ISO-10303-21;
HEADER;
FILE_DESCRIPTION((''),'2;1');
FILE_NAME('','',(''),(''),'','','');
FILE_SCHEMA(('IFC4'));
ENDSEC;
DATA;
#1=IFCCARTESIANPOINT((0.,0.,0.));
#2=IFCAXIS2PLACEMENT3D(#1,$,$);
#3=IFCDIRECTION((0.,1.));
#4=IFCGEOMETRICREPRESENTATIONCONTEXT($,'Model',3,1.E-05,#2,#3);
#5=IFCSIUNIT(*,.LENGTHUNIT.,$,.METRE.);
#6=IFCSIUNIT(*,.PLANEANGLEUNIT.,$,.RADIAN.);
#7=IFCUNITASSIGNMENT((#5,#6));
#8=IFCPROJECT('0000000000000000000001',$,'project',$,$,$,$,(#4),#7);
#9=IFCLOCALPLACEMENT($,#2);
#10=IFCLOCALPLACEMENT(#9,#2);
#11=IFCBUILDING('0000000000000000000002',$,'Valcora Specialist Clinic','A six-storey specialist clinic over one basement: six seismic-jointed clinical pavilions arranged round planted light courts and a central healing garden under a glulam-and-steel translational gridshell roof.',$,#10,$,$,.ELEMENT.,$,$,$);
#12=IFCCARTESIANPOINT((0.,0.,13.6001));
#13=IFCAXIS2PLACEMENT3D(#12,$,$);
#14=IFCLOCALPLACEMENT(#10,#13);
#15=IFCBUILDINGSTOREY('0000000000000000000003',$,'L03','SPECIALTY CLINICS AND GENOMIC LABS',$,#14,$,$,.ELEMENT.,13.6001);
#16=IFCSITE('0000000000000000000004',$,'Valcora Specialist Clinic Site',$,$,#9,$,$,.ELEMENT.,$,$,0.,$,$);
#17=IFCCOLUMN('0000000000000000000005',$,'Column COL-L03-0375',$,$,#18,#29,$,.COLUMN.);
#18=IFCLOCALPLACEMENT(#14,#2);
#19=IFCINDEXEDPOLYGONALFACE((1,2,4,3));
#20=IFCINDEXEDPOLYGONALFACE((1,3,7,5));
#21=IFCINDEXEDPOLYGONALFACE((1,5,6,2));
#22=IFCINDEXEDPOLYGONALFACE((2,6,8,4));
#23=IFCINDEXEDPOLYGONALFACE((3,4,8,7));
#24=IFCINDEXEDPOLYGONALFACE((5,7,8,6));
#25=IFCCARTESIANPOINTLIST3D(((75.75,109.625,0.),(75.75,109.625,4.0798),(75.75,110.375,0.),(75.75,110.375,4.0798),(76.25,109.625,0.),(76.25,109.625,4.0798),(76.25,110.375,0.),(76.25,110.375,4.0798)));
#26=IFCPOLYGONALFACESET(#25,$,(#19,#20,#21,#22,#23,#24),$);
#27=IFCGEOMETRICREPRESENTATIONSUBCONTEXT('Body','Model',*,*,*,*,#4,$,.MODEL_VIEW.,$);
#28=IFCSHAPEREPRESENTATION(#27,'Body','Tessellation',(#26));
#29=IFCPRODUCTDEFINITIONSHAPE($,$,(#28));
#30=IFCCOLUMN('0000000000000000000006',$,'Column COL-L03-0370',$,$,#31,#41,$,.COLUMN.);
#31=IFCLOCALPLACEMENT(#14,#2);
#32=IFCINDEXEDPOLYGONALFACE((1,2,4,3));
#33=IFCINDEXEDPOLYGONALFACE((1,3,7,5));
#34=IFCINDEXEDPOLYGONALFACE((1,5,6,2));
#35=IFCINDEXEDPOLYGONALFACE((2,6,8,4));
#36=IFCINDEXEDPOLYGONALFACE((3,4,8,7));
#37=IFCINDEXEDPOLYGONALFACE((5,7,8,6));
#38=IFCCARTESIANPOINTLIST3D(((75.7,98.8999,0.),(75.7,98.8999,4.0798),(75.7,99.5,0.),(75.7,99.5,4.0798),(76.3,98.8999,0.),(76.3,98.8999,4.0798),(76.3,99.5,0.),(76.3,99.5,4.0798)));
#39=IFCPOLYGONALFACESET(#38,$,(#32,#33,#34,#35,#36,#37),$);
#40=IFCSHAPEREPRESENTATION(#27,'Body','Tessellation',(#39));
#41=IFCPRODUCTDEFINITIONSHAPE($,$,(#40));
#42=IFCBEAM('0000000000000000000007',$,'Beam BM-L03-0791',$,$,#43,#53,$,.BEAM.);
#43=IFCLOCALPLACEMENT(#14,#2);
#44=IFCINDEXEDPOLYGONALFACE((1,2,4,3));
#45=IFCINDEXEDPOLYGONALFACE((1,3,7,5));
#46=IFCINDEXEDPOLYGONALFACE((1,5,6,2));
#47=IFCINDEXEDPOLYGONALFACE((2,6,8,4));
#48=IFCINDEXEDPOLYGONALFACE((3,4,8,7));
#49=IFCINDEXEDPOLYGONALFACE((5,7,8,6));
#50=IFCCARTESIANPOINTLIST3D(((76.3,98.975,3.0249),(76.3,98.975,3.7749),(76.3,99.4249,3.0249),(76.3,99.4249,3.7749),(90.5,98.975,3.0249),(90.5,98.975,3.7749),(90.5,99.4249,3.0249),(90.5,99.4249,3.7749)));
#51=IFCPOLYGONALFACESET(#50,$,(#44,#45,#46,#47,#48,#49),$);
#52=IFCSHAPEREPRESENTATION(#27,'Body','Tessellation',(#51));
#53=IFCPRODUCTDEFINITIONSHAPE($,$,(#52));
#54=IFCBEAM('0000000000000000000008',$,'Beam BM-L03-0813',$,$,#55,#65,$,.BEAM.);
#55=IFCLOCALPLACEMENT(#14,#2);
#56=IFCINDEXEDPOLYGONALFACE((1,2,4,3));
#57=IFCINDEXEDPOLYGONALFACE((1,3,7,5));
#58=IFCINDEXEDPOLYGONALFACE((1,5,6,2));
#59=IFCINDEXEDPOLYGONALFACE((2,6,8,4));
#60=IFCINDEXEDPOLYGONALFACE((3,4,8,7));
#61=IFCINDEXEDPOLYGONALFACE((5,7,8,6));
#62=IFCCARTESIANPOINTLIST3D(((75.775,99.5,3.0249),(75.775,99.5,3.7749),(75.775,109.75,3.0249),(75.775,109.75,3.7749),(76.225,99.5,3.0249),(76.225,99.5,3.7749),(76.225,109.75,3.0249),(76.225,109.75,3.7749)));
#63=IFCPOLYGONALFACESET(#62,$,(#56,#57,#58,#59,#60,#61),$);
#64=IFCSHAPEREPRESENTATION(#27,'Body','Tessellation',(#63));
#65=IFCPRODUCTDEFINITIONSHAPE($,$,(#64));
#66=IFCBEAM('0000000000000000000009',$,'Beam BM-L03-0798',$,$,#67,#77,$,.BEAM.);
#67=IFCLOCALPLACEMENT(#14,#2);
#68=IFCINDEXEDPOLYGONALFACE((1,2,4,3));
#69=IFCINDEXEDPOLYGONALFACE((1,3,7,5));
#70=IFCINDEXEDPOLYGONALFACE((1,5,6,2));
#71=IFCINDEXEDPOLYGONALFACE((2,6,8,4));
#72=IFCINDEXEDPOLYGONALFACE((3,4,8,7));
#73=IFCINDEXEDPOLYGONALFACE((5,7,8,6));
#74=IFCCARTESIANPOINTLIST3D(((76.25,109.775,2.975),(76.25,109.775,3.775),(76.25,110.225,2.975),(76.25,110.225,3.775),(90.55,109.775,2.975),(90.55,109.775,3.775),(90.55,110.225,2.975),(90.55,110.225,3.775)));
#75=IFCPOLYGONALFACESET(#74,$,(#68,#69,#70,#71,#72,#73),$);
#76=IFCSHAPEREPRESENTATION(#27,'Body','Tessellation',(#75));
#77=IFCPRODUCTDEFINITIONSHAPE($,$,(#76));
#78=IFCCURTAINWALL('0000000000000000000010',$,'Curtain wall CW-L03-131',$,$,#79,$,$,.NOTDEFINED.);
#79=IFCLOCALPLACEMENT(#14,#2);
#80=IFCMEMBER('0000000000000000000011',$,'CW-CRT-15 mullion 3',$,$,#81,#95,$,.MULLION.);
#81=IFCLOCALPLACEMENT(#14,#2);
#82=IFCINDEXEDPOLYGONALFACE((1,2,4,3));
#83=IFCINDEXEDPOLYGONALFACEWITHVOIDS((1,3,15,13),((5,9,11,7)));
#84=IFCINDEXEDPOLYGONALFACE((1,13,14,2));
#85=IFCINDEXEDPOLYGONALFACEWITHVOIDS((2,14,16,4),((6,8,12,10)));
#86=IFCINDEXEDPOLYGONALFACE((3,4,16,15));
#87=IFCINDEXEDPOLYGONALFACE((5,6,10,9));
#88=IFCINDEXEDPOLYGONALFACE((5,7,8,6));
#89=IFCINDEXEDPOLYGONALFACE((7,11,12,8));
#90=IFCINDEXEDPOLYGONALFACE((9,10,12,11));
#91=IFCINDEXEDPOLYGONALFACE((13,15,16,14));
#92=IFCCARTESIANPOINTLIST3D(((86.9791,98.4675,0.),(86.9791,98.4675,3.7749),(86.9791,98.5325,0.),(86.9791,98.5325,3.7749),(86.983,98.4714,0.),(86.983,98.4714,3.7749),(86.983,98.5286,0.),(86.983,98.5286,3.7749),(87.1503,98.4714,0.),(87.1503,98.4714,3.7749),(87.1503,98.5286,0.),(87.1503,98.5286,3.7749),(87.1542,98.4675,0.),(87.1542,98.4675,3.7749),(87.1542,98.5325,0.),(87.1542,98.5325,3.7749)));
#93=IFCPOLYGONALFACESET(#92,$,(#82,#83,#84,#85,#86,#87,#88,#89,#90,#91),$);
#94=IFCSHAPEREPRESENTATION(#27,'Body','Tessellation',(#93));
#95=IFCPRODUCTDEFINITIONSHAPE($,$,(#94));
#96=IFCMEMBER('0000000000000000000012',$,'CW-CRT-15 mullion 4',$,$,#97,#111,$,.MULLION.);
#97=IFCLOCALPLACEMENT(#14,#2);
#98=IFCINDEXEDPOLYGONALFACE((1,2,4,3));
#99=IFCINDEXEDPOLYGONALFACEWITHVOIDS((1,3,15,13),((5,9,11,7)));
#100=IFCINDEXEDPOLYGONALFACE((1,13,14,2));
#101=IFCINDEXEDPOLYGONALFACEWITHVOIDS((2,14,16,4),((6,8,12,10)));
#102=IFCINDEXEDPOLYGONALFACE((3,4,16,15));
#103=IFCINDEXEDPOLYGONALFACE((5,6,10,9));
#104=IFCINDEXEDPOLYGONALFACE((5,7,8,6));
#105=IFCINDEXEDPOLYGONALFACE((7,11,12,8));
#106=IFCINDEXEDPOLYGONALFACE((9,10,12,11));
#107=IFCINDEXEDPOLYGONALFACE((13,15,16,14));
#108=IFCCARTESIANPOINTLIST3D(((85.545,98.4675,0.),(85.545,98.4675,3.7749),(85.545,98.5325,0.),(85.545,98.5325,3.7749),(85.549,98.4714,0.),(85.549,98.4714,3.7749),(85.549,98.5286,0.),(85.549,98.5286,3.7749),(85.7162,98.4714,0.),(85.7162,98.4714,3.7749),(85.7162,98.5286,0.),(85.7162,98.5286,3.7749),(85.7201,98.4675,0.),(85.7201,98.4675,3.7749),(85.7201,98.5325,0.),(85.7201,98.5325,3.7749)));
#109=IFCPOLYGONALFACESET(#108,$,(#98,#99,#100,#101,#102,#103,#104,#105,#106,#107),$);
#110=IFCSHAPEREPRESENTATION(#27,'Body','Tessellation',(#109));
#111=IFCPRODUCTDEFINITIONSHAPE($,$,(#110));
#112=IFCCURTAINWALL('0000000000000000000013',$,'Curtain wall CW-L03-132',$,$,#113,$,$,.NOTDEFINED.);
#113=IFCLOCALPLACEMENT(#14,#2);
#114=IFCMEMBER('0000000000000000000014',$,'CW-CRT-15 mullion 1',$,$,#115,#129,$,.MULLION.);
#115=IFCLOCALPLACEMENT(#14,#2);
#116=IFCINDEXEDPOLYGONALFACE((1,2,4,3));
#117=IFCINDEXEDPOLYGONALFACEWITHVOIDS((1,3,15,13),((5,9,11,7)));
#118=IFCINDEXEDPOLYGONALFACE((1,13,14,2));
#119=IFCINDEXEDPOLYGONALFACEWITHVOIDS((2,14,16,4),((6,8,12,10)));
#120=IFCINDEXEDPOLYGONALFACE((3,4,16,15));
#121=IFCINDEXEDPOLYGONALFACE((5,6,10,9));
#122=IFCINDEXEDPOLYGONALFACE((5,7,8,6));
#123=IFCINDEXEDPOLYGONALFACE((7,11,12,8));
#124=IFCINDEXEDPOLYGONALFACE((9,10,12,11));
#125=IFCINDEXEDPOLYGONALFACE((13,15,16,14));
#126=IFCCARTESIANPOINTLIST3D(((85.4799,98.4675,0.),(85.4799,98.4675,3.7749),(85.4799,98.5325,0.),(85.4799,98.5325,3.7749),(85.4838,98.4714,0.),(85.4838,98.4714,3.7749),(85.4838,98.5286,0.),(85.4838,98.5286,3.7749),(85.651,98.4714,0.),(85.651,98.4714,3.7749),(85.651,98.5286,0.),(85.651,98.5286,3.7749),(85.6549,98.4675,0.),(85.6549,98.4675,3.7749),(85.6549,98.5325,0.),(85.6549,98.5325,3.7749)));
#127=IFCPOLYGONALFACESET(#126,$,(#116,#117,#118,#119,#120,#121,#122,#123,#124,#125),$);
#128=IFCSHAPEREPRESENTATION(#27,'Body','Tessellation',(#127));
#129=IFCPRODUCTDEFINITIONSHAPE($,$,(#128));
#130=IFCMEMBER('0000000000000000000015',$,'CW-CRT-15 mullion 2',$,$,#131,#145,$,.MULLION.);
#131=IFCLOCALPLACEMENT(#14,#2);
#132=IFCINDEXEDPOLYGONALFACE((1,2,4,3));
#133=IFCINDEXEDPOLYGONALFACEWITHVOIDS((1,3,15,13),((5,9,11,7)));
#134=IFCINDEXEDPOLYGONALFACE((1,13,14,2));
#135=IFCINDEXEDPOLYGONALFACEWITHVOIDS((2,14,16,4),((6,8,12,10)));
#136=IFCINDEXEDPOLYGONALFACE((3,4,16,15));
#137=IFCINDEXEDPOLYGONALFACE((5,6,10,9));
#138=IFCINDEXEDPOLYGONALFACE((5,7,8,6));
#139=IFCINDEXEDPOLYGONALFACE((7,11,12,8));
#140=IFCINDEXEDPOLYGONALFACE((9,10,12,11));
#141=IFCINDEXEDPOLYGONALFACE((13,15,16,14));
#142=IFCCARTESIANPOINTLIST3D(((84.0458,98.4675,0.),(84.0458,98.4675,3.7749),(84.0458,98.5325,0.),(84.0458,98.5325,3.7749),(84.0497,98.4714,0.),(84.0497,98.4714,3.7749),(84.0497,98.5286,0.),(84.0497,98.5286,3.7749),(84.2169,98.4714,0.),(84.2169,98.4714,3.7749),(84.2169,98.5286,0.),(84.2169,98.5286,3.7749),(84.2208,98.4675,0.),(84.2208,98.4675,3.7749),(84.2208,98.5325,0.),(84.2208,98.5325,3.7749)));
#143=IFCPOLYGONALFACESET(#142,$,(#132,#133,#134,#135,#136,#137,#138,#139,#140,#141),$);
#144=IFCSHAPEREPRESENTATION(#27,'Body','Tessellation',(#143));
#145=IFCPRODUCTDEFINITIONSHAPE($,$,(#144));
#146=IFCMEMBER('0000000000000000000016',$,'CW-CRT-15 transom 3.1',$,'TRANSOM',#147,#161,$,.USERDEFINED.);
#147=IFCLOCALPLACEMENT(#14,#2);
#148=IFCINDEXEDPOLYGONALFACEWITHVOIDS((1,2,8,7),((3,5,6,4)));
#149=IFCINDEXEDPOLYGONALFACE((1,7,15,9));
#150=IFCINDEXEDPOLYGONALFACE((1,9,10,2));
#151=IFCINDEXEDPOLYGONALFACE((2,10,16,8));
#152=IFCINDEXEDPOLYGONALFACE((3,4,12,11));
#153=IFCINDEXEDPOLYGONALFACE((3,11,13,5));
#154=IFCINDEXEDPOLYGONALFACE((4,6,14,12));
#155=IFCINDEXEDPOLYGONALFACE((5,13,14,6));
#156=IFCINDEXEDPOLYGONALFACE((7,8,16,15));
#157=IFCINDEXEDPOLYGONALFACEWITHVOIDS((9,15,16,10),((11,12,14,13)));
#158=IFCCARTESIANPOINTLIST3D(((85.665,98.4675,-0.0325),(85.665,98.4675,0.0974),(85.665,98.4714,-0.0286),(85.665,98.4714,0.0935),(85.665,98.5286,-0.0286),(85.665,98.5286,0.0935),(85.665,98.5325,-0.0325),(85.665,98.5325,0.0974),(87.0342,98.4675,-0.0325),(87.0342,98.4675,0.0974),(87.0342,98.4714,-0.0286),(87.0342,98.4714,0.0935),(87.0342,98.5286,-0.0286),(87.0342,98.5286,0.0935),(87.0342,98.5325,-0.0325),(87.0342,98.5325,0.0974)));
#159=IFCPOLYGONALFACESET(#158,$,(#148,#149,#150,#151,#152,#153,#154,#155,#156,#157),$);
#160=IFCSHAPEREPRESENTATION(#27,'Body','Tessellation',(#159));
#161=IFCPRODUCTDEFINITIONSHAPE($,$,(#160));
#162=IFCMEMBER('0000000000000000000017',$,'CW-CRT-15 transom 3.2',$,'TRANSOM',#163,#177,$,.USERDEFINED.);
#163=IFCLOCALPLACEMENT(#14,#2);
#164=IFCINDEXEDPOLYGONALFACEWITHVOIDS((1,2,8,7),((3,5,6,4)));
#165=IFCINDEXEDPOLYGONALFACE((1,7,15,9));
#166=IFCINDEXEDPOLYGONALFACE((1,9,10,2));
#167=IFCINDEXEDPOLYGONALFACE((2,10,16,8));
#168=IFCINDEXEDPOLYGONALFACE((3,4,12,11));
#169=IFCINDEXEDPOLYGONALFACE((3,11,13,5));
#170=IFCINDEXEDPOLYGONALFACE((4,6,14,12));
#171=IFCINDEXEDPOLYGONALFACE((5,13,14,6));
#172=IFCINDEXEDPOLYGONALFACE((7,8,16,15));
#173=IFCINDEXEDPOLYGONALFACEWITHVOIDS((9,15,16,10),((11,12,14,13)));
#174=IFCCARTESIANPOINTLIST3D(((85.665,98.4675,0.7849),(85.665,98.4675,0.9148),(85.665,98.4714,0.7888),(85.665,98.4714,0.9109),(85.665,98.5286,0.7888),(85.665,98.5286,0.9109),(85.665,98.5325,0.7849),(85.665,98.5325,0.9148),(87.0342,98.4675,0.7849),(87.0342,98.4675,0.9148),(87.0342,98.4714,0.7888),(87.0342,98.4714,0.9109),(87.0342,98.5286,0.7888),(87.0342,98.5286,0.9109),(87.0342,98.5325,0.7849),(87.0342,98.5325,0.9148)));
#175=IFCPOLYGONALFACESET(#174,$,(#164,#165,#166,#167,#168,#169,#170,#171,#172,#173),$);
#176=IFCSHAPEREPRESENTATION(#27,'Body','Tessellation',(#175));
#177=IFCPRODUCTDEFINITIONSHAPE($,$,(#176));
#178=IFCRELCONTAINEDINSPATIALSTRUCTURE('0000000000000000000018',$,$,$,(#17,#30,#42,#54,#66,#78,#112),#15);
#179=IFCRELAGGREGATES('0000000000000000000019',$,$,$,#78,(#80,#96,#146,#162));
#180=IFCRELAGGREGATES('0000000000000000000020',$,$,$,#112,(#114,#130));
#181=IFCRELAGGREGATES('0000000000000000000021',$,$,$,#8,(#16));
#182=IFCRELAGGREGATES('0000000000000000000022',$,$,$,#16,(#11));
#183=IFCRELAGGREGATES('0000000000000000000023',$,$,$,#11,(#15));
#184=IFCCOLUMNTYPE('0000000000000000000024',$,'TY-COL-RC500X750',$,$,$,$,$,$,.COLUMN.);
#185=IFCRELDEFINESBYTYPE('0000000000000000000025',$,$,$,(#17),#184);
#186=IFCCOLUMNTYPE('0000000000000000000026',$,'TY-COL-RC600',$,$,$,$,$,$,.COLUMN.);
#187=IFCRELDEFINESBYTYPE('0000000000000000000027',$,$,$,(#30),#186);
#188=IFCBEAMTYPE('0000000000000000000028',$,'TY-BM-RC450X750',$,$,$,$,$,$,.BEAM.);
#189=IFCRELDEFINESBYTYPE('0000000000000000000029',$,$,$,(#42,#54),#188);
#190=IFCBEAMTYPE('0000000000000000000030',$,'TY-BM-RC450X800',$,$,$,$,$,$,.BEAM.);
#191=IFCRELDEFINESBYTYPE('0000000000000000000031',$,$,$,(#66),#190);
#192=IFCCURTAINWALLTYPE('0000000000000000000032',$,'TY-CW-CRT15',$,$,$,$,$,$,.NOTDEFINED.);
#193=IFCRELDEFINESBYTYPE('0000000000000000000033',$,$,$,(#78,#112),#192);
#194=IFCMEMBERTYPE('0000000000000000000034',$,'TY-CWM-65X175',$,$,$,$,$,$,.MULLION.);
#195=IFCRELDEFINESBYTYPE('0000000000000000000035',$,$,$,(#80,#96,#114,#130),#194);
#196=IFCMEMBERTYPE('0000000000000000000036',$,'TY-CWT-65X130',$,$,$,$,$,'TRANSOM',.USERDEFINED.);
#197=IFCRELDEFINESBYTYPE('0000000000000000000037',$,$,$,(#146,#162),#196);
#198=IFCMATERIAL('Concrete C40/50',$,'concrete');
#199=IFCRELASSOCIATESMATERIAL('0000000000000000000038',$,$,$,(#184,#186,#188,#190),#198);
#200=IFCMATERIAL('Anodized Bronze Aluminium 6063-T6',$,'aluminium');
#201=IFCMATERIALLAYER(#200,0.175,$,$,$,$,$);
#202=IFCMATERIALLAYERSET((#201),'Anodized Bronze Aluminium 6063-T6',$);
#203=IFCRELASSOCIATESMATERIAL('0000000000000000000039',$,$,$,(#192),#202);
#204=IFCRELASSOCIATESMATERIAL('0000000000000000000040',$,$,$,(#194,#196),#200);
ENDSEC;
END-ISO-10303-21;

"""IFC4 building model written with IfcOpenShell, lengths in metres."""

from ifc_helpers import new_model, si_unit, direction, frame, origin, origin_2d, place, context, subcontext, project, spatial, rectangle, hollow_rectangle, extrude, material, layer, layer_set, material_profile, profile_set, type_object, element, aggregate, save


model = new_model("IFC4")

# Units and contexts
model_context = context("Model", 3, precision=1e-05, world=origin(), true_north=direction((0.0, 1.0)))
body_context = subcontext(model_context, "Body", "Model", "MODEL_VIEW")
ifc_project = project(units=[si_unit("LENGTHUNIT", "METRE"), si_unit("PLANEANGLEUNIT", "RADIAN")], contexts=[model_context])

# Site, building, storey
site_placement = place(None, origin())
site = spatial("IfcSite", under=ifc_project, at=site_placement, Name="Valcora Specialist Clinic Site", CompositionType="ELEMENT", RefElevation=0.0)
building_placement = place(site_placement, origin())
building = spatial("IfcBuilding", under=site, at=building_placement, Name="Valcora Specialist Clinic", Description="A six-storey specialist clinic over one basement: six seismic-jointed clinical pavilions arranged round planted light courts and a central healing garden under a glulam-and-steel translational gridshell roof.", CompositionType="ELEMENT")
storey_placement = place(building_placement, frame((0.0, 0.0, 13.6001)))
storey = spatial("IfcBuildingStorey", under=building, at=storey_placement, Name="L03", Description="SPECIALTY CLINICS AND GENOMIC LABS", CompositionType="ELEMENT", Elevation=13.6001)

# Columns
ifc_material_1 = material(Name="Concrete C40/50", Category="concrete")
ifc_material_profile_1 = material_profile(ifc_material_1, rectangle(XDim=0.5, YDim=0.75, at=origin_2d()), Name="RC-COL-500X750")
ifc_profile_set_1 = profile_set([ifc_material_profile_1], Name="Concrete C40/50")
column_type_1 = type_object("IfcColumnType", Name="TY-COL-RC500X750", PredefinedType="COLUMN", material=ifc_profile_set_1)
column_1_placement = place(storey_placement, frame((76.0, 110.0, 0.0), z_axis=(0.0, 0.0, 1.0), x_axis=(1.0, 0.0, 0.0)))
element("IfcColumn", 1, at=column_1_placement, inside=storey, type_object=column_type_1, Name="Column COL-L03-0375", PredefinedType="COLUMN", context=body_context, shape_type="SweptSolid", body=[
    extrude(rectangle(XDim=0.5, YDim=0.75, at=origin_2d()), origin(), (0.0, 0.0, 1.0), 4.0798),
])
ifc_material_profile_2 = material_profile(ifc_material_1, rectangle(XDim=0.6001, YDim=0.6001, at=origin_2d()), Name="RC-COL-600X600")
ifc_profile_set_2 = profile_set([ifc_material_profile_2], Name="Concrete C40/50")
column_type_2 = type_object("IfcColumnType", Name="TY-COL-RC600", PredefinedType="COLUMN", material=ifc_profile_set_2)
column_2_placement = place(storey_placement, frame((76.0, 99.2, 0.0), z_axis=(0.0, 0.0, 1.0), x_axis=(1.0, 0.0, 0.0)))
element("IfcColumn", 2, at=column_2_placement, inside=storey, type_object=column_type_2, Name="Column COL-L03-0370", PredefinedType="COLUMN", context=body_context, shape_type="SweptSolid", body=[
    extrude(rectangle(XDim=0.6001, YDim=0.6001, at=origin_2d()), origin(), (0.0, 0.0, 1.0), 4.0798),
])

# Beams
ifc_material_profile_3 = material_profile(ifc_material_1, rectangle(XDim=0.45, YDim=0.75, at=origin_2d()), Name="RC-BM-450X750")
ifc_profile_set_3 = profile_set([ifc_material_profile_3], Name="Concrete C40/50")
beam_type_1 = type_object("IfcBeamType", Name="TY-BM-RC450X750", PredefinedType="BEAM", material=ifc_profile_set_3)
beam_1_placement = place(storey_placement, frame((76.3, 99.2, 3.3999), z_axis=(1.0, 0.0, 0.0), x_axis=(0.0, 1.0, 0.0)))
element("IfcBeam", 3, at=beam_1_placement, inside=storey, type_object=beam_type_1, Name="Beam BM-L03-0791", PredefinedType="BEAM", context=body_context, shape_type="SweptSolid", body=[
    extrude(rectangle(XDim=0.45, YDim=0.75, at=origin_2d()), origin(), (0.0, 0.0, 1.0), 14.2),
])
beam_2_placement = place(storey_placement, frame((76.0, 99.5, 3.3999), z_axis=(0.0, 1.0, 0.0), x_axis=(-1.0, 0.0, 0.0)))
element("IfcBeam", 4, at=beam_2_placement, inside=storey, type_object=beam_type_1, Name="Beam BM-L03-0813", PredefinedType="BEAM", context=body_context, shape_type="SweptSolid", body=[
    extrude(rectangle(XDim=0.45, YDim=0.75, at=origin_2d()), origin(), (0.0, 0.0, 1.0), 10.25),
])
ifc_material_profile_4 = material_profile(ifc_material_1, rectangle(XDim=0.45, YDim=0.8, at=origin_2d()), Name="RC-BM-450X800")
ifc_profile_set_4 = profile_set([ifc_material_profile_4], Name="Concrete C40/50")
beam_type_2 = type_object("IfcBeamType", Name="TY-BM-RC450X800", PredefinedType="BEAM", material=ifc_profile_set_4)
beam_3_placement = place(storey_placement, frame((76.25, 110.0, 3.375), z_axis=(1.0, 0.0, 0.0), x_axis=(0.0, 1.0, 0.0)))
element("IfcBeam", 5, at=beam_3_placement, inside=storey, type_object=beam_type_2, Name="Beam BM-L03-0798", PredefinedType="BEAM", context=body_context, shape_type="SweptSolid", body=[
    extrude(rectangle(XDim=0.45, YDim=0.8, at=origin_2d()), origin(), (0.0, 0.0, 1.0), 14.3),
])

# Curtain walls, members
ifc_material_2 = material(Name="Anodized Bronze Aluminium 6063-T6", Category="aluminium")
ifc_layer_1 = layer(ifc_material_2, 0.175)
ifc_layer_set_1 = layer_set([ifc_layer_1], Name="Anodized Bronze Aluminium 6063-T6")
curtain_wall_type = type_object("IfcCurtainWallType", Name="TY-CW-CRT15", PredefinedType="NOTDEFINED", material=ifc_layer_set_1)
curtain_wall_1_placement = place(storey_placement, origin())
curtain_wall_1 = element("IfcCurtainWall", 6, at=curtain_wall_1_placement, inside=storey, type_object=curtain_wall_type, Name="Curtain wall CW-L03-131", PredefinedType="NOTDEFINED")
ifc_material_profile_5 = material_profile(ifc_material_2, hollow_rectangle(XDim=0.0649, YDim=0.175, WallThickness=0.0039, at=origin_2d()), Name="AL-MUL-65X175")
ifc_profile_set_5 = profile_set([ifc_material_profile_5], Name="Anodized Bronze Aluminium 6063-T6")
member_type_1 = type_object("IfcMemberType", Name="TY-CWM-65X175", PredefinedType="MULLION", material=ifc_profile_set_5)
member_1_placement = place(storey_placement, frame((87.0667, 98.5, 0.0), z_axis=(0.0, 0.0, 1.0), x_axis=(0.0, -1.0, 0.0)))
member_1 = element("IfcMember", 7, at=member_1_placement, type_object=member_type_1, Name="CW-CRT-15 mullion 3", PredefinedType="MULLION", context=body_context, shape_type="SweptSolid", body=[
    extrude(hollow_rectangle(XDim=0.0649, YDim=0.175, WallThickness=0.0039, at=origin_2d()), origin(), (0.0, 0.0, 1.0), 3.7749),
])
member_2_placement = place(storey_placement, frame((85.6326, 98.5, 0.0), z_axis=(0.0, 0.0, 1.0), x_axis=(0.0, -1.0, 0.0)))
member_2 = element("IfcMember", 8, at=member_2_placement, type_object=member_type_1, Name="CW-CRT-15 mullion 4", PredefinedType="MULLION", context=body_context, shape_type="SweptSolid", body=[
    extrude(hollow_rectangle(XDim=0.0649, YDim=0.175, WallThickness=0.0039, at=origin_2d()), origin(), (0.0, 0.0, 1.0), 3.7749),
])
curtain_wall_2_placement = place(storey_placement, origin())
curtain_wall_2 = element("IfcCurtainWall", 9, at=curtain_wall_2_placement, inside=storey, type_object=curtain_wall_type, Name="Curtain wall CW-L03-132", PredefinedType="NOTDEFINED")
member_3_placement = place(storey_placement, frame((85.5674, 98.5, 0.0), z_axis=(0.0, 0.0, 1.0), x_axis=(0.0, -1.0, 0.0)))
member_3 = element("IfcMember", 10, at=member_3_placement, type_object=member_type_1, Name="CW-CRT-15 mullion 1", PredefinedType="MULLION", context=body_context, shape_type="SweptSolid", body=[
    extrude(hollow_rectangle(XDim=0.0649, YDim=0.175, WallThickness=0.0039, at=origin_2d()), origin(), (0.0, 0.0, 1.0), 3.7749),
])
member_4_placement = place(storey_placement, frame((84.1333, 98.5, 0.0), z_axis=(0.0, 0.0, 1.0), x_axis=(0.0, -1.0, 0.0)))
member_4 = element("IfcMember", 11, at=member_4_placement, type_object=member_type_1, Name="CW-CRT-15 mullion 2", PredefinedType="MULLION", context=body_context, shape_type="SweptSolid", body=[
    extrude(hollow_rectangle(XDim=0.0649, YDim=0.175, WallThickness=0.0039, at=origin_2d()), origin(), (0.0, 0.0, 1.0), 3.7749),
])

# Members
ifc_material_profile_6 = material_profile(ifc_material_2, hollow_rectangle(XDim=0.0649, YDim=0.1299, WallThickness=0.0039, at=origin_2d()), Name="AL-TRN-65X130")
ifc_profile_set_6 = profile_set([ifc_material_profile_6], Name="Anodized Bronze Aluminium 6063-T6")
member_type_2 = type_object("IfcMemberType", Name="TY-CWT-65X130", ElementType="TRANSOM", PredefinedType="USERDEFINED", material=ifc_profile_set_6)
member_5_placement = place(storey_placement, frame((87.0342, 98.5, 0.0325), z_axis=(-1.0, 0.0, 0.0), x_axis=(0.0, -1.0, 0.0)))
member_5 = element("IfcMember", 12, at=member_5_placement, type_object=member_type_2, Name="CW-CRT-15 transom 3.1", ObjectType="TRANSOM", PredefinedType="USERDEFINED", context=body_context, shape_type="SweptSolid", body=[
    extrude(hollow_rectangle(XDim=0.0649, YDim=0.1299, WallThickness=0.0039, at=origin_2d()), origin(), (0.0, 0.0, 1.0), 1.3691),
])
member_6_placement = place(storey_placement, frame((87.0342, 98.5, 0.8499), z_axis=(-1.0, 0.0, 0.0), x_axis=(0.0, -1.0, 0.0)))
member_6 = element("IfcMember", 13, at=member_6_placement, type_object=member_type_2, Name="CW-CRT-15 transom 3.2", ObjectType="TRANSOM", PredefinedType="USERDEFINED", context=body_context, shape_type="SweptSolid", body=[
    extrude(hollow_rectangle(XDim=0.0649, YDim=0.1299, WallThickness=0.0039, at=origin_2d()), origin(), (0.0, 0.0, 1.0), 1.3691),
])

aggregate(curtain_wall_1, [member_1, member_2, member_5, member_6])
aggregate(curtain_wall_2, [member_3, member_4])

save(model, "model.ifc")
